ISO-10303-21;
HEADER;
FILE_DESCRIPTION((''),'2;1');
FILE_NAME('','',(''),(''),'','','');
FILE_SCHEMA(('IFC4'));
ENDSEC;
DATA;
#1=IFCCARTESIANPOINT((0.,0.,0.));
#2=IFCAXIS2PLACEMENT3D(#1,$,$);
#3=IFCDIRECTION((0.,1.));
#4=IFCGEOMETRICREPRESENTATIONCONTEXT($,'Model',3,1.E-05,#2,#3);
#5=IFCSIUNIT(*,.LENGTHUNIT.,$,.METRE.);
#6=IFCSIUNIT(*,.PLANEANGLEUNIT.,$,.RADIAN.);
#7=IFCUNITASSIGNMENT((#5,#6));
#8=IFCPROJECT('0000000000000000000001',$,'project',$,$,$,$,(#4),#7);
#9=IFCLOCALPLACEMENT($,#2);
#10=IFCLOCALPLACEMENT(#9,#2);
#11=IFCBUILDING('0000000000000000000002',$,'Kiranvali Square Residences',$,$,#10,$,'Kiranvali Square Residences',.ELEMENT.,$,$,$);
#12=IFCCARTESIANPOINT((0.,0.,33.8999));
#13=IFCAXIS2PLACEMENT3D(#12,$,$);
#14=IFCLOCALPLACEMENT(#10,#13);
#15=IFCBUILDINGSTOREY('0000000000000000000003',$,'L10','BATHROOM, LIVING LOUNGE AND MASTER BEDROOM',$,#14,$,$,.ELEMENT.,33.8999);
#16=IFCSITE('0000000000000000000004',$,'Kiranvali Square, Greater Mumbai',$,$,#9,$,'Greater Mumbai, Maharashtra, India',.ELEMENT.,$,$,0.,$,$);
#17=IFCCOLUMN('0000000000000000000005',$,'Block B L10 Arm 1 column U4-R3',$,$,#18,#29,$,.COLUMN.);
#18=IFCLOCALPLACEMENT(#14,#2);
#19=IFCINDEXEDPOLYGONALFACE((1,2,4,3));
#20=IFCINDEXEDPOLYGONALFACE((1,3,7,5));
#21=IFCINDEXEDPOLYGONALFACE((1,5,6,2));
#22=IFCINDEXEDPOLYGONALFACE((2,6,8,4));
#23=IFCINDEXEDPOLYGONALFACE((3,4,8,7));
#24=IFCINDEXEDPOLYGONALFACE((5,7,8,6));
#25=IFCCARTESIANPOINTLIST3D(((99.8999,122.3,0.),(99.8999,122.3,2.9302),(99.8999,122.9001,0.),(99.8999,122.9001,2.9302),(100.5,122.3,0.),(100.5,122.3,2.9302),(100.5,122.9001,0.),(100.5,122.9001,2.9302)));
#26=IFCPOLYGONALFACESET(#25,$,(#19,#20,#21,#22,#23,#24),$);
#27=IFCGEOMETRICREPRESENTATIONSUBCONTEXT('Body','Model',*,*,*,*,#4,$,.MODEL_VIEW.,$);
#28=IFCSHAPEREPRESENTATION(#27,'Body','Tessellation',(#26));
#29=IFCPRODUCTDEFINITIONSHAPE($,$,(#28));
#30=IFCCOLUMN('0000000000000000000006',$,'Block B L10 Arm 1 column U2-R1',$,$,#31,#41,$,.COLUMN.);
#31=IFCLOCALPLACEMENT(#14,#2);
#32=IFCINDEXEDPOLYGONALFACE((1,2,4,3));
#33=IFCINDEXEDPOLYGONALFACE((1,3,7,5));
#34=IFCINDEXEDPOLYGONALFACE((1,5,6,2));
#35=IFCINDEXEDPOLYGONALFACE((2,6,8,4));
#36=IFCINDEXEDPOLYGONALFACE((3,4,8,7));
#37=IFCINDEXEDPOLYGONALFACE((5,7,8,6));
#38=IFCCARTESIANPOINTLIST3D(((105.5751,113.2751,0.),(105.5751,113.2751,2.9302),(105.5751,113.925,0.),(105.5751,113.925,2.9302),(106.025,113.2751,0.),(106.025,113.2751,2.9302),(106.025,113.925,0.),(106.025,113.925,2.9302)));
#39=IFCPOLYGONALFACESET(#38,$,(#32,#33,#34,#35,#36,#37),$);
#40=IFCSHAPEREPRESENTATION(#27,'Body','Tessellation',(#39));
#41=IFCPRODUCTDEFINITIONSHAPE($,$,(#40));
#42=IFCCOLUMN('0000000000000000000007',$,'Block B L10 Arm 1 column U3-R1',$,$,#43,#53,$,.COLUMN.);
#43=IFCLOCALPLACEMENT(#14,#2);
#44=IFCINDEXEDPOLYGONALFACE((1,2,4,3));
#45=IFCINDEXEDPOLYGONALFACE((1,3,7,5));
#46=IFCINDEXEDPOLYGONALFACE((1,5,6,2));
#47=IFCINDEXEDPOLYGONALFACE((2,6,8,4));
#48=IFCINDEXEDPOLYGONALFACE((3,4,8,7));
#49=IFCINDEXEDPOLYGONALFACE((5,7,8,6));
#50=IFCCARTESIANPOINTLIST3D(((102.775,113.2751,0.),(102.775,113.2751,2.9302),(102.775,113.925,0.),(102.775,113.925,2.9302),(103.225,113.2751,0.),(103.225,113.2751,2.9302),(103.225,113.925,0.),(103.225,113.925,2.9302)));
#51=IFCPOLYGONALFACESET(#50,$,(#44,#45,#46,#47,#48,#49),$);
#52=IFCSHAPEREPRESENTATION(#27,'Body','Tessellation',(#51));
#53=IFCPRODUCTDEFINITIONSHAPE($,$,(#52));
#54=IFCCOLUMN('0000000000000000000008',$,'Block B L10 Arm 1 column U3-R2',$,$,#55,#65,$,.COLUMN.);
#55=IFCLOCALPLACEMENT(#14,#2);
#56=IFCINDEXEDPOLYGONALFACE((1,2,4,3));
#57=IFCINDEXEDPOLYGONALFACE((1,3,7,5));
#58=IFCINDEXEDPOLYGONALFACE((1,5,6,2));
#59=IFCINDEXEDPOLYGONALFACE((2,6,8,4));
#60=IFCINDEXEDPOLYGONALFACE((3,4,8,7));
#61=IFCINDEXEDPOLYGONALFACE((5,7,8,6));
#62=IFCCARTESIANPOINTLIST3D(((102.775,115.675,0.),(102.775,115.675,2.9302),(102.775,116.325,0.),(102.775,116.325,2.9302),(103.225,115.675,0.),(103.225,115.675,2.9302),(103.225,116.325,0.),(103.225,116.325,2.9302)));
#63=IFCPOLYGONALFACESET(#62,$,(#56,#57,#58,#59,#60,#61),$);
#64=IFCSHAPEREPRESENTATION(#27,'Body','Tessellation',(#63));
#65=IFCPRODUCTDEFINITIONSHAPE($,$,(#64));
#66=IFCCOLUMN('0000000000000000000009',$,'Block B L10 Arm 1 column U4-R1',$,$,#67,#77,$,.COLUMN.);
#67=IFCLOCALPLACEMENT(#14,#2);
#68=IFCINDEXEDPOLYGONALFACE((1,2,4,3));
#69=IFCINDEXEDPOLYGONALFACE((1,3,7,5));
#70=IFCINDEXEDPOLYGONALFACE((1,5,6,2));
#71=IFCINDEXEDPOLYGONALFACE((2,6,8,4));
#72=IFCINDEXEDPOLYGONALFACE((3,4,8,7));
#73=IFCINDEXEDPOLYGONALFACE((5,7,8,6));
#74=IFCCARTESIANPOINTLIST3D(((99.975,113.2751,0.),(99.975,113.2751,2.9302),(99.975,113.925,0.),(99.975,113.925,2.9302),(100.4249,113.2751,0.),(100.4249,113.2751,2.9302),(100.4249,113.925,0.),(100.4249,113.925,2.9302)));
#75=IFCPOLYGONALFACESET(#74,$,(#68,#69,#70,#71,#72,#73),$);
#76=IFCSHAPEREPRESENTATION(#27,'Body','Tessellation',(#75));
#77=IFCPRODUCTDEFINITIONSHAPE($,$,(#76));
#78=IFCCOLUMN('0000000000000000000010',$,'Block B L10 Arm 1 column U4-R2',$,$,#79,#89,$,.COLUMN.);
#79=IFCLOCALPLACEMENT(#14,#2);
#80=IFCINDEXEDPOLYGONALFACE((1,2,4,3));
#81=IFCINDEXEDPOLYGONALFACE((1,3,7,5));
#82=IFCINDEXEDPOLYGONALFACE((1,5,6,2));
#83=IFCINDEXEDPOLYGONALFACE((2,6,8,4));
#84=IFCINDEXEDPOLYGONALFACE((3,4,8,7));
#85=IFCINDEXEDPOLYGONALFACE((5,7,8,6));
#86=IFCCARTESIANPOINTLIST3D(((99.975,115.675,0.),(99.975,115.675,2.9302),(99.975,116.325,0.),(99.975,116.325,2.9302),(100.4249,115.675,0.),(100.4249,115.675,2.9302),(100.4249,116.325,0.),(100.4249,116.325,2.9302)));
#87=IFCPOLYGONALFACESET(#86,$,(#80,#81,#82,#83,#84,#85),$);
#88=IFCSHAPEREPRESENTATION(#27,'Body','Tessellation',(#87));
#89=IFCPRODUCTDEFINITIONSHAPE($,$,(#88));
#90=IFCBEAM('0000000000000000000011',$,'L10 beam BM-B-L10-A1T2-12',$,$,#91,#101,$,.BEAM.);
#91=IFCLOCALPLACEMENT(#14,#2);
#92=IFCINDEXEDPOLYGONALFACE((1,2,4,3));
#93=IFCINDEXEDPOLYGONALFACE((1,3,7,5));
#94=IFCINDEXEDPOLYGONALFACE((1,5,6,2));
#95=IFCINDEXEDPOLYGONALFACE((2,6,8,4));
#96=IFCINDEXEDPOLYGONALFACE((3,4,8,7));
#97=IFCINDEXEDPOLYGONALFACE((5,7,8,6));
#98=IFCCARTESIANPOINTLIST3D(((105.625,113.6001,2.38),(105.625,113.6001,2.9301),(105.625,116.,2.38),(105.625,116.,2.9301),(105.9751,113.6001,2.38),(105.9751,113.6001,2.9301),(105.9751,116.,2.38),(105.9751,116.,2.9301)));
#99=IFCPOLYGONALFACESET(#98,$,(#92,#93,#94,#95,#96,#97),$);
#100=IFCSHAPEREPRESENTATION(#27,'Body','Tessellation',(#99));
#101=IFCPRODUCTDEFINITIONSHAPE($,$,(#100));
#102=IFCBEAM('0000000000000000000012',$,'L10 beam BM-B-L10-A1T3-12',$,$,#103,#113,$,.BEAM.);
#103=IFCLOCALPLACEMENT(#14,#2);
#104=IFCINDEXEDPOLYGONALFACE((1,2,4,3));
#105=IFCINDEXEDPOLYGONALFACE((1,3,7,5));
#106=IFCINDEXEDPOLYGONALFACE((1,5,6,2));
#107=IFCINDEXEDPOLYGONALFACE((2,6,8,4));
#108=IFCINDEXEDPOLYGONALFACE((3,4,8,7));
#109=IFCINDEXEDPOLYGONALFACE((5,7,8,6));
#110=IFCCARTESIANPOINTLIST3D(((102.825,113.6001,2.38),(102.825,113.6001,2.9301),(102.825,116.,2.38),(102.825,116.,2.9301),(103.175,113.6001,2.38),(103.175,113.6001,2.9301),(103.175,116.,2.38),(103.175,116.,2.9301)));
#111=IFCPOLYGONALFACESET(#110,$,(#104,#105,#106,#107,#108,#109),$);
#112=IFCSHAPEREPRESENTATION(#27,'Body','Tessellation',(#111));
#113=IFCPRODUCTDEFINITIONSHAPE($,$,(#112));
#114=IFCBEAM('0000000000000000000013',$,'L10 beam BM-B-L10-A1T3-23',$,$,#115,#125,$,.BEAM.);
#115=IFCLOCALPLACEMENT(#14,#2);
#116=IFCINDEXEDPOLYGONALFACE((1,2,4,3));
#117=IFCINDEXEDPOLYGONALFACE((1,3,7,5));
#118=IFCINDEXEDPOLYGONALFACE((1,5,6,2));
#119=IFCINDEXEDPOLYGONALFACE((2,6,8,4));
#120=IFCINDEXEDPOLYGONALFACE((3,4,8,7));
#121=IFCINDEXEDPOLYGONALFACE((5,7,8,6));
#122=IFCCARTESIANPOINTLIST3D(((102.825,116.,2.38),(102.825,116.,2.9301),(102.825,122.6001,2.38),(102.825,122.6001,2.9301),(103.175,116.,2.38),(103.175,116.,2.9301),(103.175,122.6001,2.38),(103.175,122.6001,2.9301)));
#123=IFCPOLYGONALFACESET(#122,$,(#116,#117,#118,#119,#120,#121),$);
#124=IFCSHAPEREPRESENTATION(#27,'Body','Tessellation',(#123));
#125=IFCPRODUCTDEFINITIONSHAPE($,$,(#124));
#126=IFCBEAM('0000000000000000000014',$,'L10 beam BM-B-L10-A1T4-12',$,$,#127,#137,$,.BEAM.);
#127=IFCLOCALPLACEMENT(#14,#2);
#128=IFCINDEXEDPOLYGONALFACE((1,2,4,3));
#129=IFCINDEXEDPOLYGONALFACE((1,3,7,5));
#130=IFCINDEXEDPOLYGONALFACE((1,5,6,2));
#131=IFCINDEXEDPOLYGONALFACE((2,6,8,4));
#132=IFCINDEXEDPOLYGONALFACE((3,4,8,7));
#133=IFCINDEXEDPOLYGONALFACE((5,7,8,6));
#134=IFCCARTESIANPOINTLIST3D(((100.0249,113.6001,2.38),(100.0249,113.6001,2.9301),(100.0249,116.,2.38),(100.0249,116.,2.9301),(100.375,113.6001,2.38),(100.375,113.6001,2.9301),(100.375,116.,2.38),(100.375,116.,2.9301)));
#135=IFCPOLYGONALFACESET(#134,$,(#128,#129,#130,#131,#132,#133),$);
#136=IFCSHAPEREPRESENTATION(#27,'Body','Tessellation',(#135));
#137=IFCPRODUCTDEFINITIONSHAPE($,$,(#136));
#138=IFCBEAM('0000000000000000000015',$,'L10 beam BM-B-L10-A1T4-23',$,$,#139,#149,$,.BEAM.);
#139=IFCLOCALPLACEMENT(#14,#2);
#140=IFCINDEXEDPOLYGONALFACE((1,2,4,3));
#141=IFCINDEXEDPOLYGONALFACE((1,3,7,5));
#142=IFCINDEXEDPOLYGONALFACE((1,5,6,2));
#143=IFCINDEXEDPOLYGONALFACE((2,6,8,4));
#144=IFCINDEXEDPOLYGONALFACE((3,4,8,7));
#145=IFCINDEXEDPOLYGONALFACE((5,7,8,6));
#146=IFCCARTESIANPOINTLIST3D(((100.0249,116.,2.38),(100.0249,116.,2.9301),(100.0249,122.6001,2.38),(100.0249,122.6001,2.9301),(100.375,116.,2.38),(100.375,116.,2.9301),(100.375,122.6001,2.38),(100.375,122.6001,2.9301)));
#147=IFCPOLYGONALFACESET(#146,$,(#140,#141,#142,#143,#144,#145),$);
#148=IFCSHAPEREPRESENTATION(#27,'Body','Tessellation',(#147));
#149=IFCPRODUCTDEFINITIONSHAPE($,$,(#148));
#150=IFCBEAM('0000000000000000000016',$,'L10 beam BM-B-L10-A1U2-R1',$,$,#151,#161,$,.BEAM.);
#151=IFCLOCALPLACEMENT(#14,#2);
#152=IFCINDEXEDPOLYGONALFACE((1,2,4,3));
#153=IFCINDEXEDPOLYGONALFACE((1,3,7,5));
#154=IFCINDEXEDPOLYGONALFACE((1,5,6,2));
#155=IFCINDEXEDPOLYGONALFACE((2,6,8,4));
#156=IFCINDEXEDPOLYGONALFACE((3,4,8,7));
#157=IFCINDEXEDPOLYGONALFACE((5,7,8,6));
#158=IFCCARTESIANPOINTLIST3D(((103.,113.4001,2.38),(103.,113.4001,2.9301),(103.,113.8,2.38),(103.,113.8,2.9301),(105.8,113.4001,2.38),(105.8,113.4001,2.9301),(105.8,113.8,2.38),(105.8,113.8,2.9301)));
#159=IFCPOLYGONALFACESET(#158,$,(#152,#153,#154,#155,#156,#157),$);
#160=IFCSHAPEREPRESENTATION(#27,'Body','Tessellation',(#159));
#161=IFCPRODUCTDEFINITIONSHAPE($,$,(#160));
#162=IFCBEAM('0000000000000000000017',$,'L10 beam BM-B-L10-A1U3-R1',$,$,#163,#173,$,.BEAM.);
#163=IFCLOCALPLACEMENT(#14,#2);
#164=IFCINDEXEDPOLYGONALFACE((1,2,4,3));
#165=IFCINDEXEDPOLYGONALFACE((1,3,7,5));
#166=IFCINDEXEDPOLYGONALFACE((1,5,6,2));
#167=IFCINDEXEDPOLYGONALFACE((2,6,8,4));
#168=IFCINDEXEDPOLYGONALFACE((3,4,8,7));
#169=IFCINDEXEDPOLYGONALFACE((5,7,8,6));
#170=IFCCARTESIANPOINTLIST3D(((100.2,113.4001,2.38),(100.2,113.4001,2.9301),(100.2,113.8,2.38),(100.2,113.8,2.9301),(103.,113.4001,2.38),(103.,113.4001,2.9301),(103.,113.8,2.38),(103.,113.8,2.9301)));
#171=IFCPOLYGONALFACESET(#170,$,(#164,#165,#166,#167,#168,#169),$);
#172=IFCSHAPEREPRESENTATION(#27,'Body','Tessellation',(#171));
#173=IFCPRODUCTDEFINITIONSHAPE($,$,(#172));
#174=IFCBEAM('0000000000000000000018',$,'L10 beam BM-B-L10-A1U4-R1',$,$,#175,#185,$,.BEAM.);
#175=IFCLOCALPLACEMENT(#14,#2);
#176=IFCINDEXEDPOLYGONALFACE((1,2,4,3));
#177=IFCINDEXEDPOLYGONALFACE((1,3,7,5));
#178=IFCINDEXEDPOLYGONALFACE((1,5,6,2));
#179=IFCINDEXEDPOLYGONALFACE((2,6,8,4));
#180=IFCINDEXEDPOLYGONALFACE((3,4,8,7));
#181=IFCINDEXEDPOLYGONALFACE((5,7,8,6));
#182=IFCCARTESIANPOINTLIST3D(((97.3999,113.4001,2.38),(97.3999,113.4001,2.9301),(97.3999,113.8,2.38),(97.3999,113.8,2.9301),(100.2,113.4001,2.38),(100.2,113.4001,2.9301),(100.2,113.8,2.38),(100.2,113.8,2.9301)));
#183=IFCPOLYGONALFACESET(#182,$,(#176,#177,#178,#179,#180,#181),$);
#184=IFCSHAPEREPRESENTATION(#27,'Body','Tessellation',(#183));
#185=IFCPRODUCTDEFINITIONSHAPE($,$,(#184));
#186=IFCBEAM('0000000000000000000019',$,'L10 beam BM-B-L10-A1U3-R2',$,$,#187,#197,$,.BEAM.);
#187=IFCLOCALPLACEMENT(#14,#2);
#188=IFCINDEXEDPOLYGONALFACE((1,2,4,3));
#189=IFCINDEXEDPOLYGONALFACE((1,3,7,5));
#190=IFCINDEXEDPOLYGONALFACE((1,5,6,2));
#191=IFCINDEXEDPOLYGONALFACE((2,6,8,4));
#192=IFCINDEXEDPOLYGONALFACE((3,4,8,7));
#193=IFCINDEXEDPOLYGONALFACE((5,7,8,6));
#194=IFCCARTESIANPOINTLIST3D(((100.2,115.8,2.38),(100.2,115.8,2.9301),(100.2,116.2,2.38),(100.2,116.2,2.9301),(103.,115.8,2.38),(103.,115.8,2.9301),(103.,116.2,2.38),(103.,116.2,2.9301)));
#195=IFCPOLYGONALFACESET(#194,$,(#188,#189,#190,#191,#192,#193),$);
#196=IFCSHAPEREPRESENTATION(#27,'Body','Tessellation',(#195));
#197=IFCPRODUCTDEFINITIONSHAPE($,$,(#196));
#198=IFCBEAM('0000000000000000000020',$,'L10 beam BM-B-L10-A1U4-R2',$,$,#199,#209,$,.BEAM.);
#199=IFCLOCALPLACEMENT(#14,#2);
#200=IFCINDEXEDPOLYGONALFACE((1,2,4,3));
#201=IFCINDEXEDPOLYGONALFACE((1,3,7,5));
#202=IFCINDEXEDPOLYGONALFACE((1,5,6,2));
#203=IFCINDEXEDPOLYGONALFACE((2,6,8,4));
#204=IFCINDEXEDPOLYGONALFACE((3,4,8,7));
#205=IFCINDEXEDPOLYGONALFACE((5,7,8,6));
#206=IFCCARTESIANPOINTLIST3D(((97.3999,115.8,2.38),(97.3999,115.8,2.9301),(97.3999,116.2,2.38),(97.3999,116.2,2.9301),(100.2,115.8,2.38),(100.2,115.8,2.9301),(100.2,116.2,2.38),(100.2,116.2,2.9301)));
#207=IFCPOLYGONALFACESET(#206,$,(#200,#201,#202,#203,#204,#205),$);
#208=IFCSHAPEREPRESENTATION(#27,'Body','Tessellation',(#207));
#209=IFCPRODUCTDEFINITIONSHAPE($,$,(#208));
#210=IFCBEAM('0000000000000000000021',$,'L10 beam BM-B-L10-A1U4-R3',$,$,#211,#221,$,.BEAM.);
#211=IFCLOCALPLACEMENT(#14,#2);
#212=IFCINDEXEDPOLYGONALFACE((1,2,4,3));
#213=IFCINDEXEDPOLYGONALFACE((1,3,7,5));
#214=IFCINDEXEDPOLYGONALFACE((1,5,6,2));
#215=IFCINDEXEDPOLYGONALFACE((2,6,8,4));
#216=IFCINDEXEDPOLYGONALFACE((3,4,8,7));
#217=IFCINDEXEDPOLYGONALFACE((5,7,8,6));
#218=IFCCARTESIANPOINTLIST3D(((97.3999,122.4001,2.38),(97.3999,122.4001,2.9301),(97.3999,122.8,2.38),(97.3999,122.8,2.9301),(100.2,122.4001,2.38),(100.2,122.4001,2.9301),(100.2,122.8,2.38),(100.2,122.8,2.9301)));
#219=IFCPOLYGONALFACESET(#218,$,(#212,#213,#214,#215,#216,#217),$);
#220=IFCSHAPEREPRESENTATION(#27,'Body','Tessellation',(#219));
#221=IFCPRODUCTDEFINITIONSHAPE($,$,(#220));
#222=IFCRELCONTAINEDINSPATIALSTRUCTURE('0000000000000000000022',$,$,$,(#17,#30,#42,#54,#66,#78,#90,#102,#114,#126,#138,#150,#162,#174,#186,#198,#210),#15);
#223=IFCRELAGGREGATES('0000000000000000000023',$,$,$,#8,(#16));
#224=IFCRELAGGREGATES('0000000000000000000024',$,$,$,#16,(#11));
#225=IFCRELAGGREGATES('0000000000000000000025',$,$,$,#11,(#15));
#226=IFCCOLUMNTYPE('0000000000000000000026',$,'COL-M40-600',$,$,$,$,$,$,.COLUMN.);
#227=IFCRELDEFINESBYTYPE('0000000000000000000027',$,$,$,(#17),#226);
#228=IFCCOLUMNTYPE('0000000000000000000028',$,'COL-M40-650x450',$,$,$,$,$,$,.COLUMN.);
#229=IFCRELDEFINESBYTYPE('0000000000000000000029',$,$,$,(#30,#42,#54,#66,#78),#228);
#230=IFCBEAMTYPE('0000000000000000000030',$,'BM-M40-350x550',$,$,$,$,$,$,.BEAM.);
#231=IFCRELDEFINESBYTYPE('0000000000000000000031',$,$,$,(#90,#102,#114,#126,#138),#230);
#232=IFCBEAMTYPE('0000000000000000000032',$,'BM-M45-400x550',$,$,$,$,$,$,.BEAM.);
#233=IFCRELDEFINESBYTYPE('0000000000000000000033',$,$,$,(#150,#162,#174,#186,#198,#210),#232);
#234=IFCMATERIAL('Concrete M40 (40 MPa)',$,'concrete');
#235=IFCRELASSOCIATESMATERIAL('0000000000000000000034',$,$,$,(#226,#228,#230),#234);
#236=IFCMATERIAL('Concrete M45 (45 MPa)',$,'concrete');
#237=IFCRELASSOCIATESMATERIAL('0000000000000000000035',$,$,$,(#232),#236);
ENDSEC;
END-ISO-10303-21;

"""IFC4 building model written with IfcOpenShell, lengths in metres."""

from ifc_helpers import new_model, si_unit, direction, frame, origin, origin_2d, place, context, subcontext, project, spatial, rectangle, extrude, material, material_profile, profile_set, type_object, element, save


model = new_model("IFC4")

# Units and contexts
model_context = context("Model", 3, precision=1e-05, world=origin(), true_north=direction((0.0, 1.0)))
body_context = subcontext(model_context, "Body", "Model", "MODEL_VIEW")
ifc_project = project(units=[si_unit("LENGTHUNIT", "METRE"), si_unit("PLANEANGLEUNIT", "RADIAN")], contexts=[model_context])

# Site, building, storey
site_placement = place(None, origin())
site = spatial("IfcSite", under=ifc_project, at=site_placement, Name="Kiranvali Square, Greater Mumbai", LongName="Greater Mumbai, Maharashtra, India", CompositionType="ELEMENT", RefElevation=0.0)
building_placement = place(site_placement, origin())
building = spatial("IfcBuilding", under=site, at=building_placement, Name="Kiranvali Square Residences", LongName="Kiranvali Square Residences", CompositionType="ELEMENT")
storey_placement = place(building_placement, frame((0.0, 0.0, 33.8999)))
storey = spatial("IfcBuildingStorey", under=building, at=storey_placement, Name="L10", Description="BATHROOM, LIVING LOUNGE AND MASTER BEDROOM", CompositionType="ELEMENT", Elevation=33.8999)

# Columns
ifc_material_1 = material(Name="Concrete M40 (40 MPa)", Category="concrete")
ifc_material_profile_1 = material_profile(ifc_material_1, rectangle(XDim=0.6001, YDim=0.6001, at=origin_2d()), Name="RC 600x600")
ifc_profile_set_1 = profile_set([ifc_material_profile_1], Name="Concrete M40 (40 MPa)")
column_type_1 = type_object("IfcColumnType", Name="COL-M40-600", PredefinedType="COLUMN", material=ifc_profile_set_1)
column_placement = place(storey_placement, frame((100.2, 122.6001, 0.0), z_axis=(0.0, 0.0, 1.0), x_axis=(1.0, 0.0, 0.0)))
element("IfcColumn", 1, at=column_placement, inside=storey, type_object=column_type_1, Name="Block B L10 Arm 1 column U4-R3", PredefinedType="COLUMN", context=body_context, shape_type="SweptSolid", body=[
    extrude(rectangle(XDim=0.6001, YDim=0.6001, at=origin_2d()), origin(), (0.0, 0.0, 1.0), 2.9302),
])
ifc_material_profile_2 = material_profile(ifc_material_1, rectangle(XDim=0.45, YDim=0.6499, at=origin_2d()), Name="RC 650x450")
ifc_profile_set_2 = profile_set([ifc_material_profile_2], Name="Concrete M40 (40 MPa)")
column_type_2 = type_object("IfcColumnType", Name="COL-M40-650x450", PredefinedType="COLUMN", material=ifc_profile_set_2)
for number, where, z_axis, x_axis, name in (
    (2, (105.8, 113.6001, 0.0), (0.0, 0.0, 1.0), (1.0, 0.0, 0.0), "Block B L10 Arm 1 column U2-R1"),
    (3, (103.0, 113.6001, 0.0), (0.0, 0.0, 1.0), (1.0, 0.0, 0.0), "Block B L10 Arm 1 column U3-R1"),
    (4, (103.0, 116.0, 0.0), (0.0, 0.0, 1.0), (1.0, 0.0, 0.0), "Block B L10 Arm 1 column U3-R2"),
    (5, (100.2, 113.6001, 0.0), (0.0, 0.0, 1.0), (1.0, 0.0, 0.0), "Block B L10 Arm 1 column U4-R1"),
    (6, (100.2, 116.0, 0.0), (0.0, 0.0, 1.0), (1.0, 0.0, 0.0), "Block B L10 Arm 1 column U4-R2"),
):
    element("IfcColumn", number, at=place(storey_placement, frame(where, z_axis=z_axis, x_axis=x_axis)), inside=storey, type_object=column_type_2, Name=name, PredefinedType="COLUMN", context=body_context, shape_type="SweptSolid", body=[
        extrude(rectangle(XDim=0.45, YDim=0.6499, at=origin_2d()), origin(), (0.0, 0.0, 1.0), 2.9302),
    ])

# Beams
ifc_material_profile_3 = material_profile(ifc_material_1, rectangle(XDim=0.3501, YDim=0.55, at=origin_2d()), Name="RC 350x550")
ifc_profile_set_3 = profile_set([ifc_material_profile_3], Name="Concrete M40 (40 MPa)")
beam_type_1 = type_object("IfcBeamType", Name="BM-M40-350x550", PredefinedType="BEAM", material=ifc_profile_set_3)
for number, where, z_axis, x_axis, name in (
    (7, (105.8, 113.6001, 2.655), (0.0, 1.0, 0.0), (-1.0, 0.0, 0.0), "L10 beam BM-B-L10-A1T2-12"),
    (8, (103.0, 113.6001, 2.655), (0.0, 1.0, 0.0), (-1.0, 0.0, 0.0), "L10 beam BM-B-L10-A1T3-12"),
):
    element("IfcBeam", number, at=place(storey_placement, frame(where, z_axis=z_axis, x_axis=x_axis)), inside=storey, type_object=beam_type_1, Name=name, PredefinedType="BEAM", context=body_context, shape_type="SweptSolid", body=[
        extrude(rectangle(XDim=0.3501, YDim=0.55, at=origin_2d()), origin(), (0.0, 0.0, 1.0), 2.3999),
    ])
beam_1_placement = place(storey_placement, frame((103.0, 116.0, 2.655), z_axis=(0.0, 1.0, 0.0), x_axis=(-1.0, 0.0, 0.0)))
element("IfcBeam", 9, at=beam_1_placement, inside=storey, type_object=beam_type_1, Name="L10 beam BM-B-L10-A1T3-23", PredefinedType="BEAM", context=body_context, shape_type="SweptSolid", body=[
    extrude(rectangle(XDim=0.3501, YDim=0.55, at=origin_2d()), origin(), (0.0, 0.0, 1.0), 6.6001),
])
beam_2_placement = place(storey_placement, frame((100.2, 113.6001, 2.655), z_axis=(0.0, 1.0, 0.0), x_axis=(-1.0, 0.0, 0.0)))
element("IfcBeam", 10, at=beam_2_placement, inside=storey, type_object=beam_type_1, Name="L10 beam BM-B-L10-A1T4-12", PredefinedType="BEAM", context=body_context, shape_type="SweptSolid", body=[
    extrude(rectangle(XDim=0.3501, YDim=0.55, at=origin_2d()), origin(), (0.0, 0.0, 1.0), 2.3999),
])
beam_3_placement = place(storey_placement, frame((100.2, 116.0, 2.655), z_axis=(0.0, 1.0, 0.0), x_axis=(-1.0, 0.0, 0.0)))
element("IfcBeam", 11, at=beam_3_placement, inside=storey, type_object=beam_type_1, Name="L10 beam BM-B-L10-A1T4-23", PredefinedType="BEAM", context=body_context, shape_type="SweptSolid", body=[
    extrude(rectangle(XDim=0.3501, YDim=0.55, at=origin_2d()), origin(), (0.0, 0.0, 1.0), 6.6001),
])
ifc_material_2 = material(Name="Concrete M45 (45 MPa)", Category="concrete")
ifc_material_profile_4 = material_profile(ifc_material_2, rectangle(XDim=0.3999, YDim=0.55, at=origin_2d()), Name="RC 400x550")
ifc_profile_set_4 = profile_set([ifc_material_profile_4], Name="Concrete M45 (45 MPa)")
beam_type_2 = type_object("IfcBeamType", Name="BM-M45-400x550", PredefinedType="BEAM", material=ifc_profile_set_4)
for number, where, z_axis, x_axis, name in (
    (12, (105.8, 113.6001, 2.655), (-1.0, 0.0, 0.0), (0.0, -1.0, 0.0), "L10 beam BM-B-L10-A1U2-R1"),
    (13, (103.0, 113.6001, 2.655), (-1.0, 0.0, 0.0), (0.0, -1.0, 0.0), "L10 beam BM-B-L10-A1U3-R1"),
    (14, (100.2, 113.6001, 2.655), (-1.0, 0.0, 0.0), (0.0, -1.0, 0.0), "L10 beam BM-B-L10-A1U4-R1"),
    (15, (103.0, 116.0, 2.655), (-1.0, 0.0, 0.0), (0.0, -1.0, 0.0), "L10 beam BM-B-L10-A1U3-R2"),
    (16, (100.2, 116.0, 2.655), (-1.0, 0.0, 0.0), (0.0, -1.0, 0.0), "L10 beam BM-B-L10-A1U4-R2"),
    (17, (100.2, 122.6001, 2.655), (-1.0, 0.0, 0.0), (0.0, -1.0, 0.0), "L10 beam BM-B-L10-A1U4-R3"),
):
    element("IfcBeam", number, at=place(storey_placement, frame(where, z_axis=z_axis, x_axis=x_axis)), inside=storey, type_object=beam_type_2, Name=name, PredefinedType="BEAM", context=body_context, shape_type="SweptSolid", body=[
        extrude(rectangle(XDim=0.3999, YDim=0.55, at=origin_2d()), origin(), (0.0, 0.0, 1.0), 2.8),
    ])

save(model, "model.ifc")
